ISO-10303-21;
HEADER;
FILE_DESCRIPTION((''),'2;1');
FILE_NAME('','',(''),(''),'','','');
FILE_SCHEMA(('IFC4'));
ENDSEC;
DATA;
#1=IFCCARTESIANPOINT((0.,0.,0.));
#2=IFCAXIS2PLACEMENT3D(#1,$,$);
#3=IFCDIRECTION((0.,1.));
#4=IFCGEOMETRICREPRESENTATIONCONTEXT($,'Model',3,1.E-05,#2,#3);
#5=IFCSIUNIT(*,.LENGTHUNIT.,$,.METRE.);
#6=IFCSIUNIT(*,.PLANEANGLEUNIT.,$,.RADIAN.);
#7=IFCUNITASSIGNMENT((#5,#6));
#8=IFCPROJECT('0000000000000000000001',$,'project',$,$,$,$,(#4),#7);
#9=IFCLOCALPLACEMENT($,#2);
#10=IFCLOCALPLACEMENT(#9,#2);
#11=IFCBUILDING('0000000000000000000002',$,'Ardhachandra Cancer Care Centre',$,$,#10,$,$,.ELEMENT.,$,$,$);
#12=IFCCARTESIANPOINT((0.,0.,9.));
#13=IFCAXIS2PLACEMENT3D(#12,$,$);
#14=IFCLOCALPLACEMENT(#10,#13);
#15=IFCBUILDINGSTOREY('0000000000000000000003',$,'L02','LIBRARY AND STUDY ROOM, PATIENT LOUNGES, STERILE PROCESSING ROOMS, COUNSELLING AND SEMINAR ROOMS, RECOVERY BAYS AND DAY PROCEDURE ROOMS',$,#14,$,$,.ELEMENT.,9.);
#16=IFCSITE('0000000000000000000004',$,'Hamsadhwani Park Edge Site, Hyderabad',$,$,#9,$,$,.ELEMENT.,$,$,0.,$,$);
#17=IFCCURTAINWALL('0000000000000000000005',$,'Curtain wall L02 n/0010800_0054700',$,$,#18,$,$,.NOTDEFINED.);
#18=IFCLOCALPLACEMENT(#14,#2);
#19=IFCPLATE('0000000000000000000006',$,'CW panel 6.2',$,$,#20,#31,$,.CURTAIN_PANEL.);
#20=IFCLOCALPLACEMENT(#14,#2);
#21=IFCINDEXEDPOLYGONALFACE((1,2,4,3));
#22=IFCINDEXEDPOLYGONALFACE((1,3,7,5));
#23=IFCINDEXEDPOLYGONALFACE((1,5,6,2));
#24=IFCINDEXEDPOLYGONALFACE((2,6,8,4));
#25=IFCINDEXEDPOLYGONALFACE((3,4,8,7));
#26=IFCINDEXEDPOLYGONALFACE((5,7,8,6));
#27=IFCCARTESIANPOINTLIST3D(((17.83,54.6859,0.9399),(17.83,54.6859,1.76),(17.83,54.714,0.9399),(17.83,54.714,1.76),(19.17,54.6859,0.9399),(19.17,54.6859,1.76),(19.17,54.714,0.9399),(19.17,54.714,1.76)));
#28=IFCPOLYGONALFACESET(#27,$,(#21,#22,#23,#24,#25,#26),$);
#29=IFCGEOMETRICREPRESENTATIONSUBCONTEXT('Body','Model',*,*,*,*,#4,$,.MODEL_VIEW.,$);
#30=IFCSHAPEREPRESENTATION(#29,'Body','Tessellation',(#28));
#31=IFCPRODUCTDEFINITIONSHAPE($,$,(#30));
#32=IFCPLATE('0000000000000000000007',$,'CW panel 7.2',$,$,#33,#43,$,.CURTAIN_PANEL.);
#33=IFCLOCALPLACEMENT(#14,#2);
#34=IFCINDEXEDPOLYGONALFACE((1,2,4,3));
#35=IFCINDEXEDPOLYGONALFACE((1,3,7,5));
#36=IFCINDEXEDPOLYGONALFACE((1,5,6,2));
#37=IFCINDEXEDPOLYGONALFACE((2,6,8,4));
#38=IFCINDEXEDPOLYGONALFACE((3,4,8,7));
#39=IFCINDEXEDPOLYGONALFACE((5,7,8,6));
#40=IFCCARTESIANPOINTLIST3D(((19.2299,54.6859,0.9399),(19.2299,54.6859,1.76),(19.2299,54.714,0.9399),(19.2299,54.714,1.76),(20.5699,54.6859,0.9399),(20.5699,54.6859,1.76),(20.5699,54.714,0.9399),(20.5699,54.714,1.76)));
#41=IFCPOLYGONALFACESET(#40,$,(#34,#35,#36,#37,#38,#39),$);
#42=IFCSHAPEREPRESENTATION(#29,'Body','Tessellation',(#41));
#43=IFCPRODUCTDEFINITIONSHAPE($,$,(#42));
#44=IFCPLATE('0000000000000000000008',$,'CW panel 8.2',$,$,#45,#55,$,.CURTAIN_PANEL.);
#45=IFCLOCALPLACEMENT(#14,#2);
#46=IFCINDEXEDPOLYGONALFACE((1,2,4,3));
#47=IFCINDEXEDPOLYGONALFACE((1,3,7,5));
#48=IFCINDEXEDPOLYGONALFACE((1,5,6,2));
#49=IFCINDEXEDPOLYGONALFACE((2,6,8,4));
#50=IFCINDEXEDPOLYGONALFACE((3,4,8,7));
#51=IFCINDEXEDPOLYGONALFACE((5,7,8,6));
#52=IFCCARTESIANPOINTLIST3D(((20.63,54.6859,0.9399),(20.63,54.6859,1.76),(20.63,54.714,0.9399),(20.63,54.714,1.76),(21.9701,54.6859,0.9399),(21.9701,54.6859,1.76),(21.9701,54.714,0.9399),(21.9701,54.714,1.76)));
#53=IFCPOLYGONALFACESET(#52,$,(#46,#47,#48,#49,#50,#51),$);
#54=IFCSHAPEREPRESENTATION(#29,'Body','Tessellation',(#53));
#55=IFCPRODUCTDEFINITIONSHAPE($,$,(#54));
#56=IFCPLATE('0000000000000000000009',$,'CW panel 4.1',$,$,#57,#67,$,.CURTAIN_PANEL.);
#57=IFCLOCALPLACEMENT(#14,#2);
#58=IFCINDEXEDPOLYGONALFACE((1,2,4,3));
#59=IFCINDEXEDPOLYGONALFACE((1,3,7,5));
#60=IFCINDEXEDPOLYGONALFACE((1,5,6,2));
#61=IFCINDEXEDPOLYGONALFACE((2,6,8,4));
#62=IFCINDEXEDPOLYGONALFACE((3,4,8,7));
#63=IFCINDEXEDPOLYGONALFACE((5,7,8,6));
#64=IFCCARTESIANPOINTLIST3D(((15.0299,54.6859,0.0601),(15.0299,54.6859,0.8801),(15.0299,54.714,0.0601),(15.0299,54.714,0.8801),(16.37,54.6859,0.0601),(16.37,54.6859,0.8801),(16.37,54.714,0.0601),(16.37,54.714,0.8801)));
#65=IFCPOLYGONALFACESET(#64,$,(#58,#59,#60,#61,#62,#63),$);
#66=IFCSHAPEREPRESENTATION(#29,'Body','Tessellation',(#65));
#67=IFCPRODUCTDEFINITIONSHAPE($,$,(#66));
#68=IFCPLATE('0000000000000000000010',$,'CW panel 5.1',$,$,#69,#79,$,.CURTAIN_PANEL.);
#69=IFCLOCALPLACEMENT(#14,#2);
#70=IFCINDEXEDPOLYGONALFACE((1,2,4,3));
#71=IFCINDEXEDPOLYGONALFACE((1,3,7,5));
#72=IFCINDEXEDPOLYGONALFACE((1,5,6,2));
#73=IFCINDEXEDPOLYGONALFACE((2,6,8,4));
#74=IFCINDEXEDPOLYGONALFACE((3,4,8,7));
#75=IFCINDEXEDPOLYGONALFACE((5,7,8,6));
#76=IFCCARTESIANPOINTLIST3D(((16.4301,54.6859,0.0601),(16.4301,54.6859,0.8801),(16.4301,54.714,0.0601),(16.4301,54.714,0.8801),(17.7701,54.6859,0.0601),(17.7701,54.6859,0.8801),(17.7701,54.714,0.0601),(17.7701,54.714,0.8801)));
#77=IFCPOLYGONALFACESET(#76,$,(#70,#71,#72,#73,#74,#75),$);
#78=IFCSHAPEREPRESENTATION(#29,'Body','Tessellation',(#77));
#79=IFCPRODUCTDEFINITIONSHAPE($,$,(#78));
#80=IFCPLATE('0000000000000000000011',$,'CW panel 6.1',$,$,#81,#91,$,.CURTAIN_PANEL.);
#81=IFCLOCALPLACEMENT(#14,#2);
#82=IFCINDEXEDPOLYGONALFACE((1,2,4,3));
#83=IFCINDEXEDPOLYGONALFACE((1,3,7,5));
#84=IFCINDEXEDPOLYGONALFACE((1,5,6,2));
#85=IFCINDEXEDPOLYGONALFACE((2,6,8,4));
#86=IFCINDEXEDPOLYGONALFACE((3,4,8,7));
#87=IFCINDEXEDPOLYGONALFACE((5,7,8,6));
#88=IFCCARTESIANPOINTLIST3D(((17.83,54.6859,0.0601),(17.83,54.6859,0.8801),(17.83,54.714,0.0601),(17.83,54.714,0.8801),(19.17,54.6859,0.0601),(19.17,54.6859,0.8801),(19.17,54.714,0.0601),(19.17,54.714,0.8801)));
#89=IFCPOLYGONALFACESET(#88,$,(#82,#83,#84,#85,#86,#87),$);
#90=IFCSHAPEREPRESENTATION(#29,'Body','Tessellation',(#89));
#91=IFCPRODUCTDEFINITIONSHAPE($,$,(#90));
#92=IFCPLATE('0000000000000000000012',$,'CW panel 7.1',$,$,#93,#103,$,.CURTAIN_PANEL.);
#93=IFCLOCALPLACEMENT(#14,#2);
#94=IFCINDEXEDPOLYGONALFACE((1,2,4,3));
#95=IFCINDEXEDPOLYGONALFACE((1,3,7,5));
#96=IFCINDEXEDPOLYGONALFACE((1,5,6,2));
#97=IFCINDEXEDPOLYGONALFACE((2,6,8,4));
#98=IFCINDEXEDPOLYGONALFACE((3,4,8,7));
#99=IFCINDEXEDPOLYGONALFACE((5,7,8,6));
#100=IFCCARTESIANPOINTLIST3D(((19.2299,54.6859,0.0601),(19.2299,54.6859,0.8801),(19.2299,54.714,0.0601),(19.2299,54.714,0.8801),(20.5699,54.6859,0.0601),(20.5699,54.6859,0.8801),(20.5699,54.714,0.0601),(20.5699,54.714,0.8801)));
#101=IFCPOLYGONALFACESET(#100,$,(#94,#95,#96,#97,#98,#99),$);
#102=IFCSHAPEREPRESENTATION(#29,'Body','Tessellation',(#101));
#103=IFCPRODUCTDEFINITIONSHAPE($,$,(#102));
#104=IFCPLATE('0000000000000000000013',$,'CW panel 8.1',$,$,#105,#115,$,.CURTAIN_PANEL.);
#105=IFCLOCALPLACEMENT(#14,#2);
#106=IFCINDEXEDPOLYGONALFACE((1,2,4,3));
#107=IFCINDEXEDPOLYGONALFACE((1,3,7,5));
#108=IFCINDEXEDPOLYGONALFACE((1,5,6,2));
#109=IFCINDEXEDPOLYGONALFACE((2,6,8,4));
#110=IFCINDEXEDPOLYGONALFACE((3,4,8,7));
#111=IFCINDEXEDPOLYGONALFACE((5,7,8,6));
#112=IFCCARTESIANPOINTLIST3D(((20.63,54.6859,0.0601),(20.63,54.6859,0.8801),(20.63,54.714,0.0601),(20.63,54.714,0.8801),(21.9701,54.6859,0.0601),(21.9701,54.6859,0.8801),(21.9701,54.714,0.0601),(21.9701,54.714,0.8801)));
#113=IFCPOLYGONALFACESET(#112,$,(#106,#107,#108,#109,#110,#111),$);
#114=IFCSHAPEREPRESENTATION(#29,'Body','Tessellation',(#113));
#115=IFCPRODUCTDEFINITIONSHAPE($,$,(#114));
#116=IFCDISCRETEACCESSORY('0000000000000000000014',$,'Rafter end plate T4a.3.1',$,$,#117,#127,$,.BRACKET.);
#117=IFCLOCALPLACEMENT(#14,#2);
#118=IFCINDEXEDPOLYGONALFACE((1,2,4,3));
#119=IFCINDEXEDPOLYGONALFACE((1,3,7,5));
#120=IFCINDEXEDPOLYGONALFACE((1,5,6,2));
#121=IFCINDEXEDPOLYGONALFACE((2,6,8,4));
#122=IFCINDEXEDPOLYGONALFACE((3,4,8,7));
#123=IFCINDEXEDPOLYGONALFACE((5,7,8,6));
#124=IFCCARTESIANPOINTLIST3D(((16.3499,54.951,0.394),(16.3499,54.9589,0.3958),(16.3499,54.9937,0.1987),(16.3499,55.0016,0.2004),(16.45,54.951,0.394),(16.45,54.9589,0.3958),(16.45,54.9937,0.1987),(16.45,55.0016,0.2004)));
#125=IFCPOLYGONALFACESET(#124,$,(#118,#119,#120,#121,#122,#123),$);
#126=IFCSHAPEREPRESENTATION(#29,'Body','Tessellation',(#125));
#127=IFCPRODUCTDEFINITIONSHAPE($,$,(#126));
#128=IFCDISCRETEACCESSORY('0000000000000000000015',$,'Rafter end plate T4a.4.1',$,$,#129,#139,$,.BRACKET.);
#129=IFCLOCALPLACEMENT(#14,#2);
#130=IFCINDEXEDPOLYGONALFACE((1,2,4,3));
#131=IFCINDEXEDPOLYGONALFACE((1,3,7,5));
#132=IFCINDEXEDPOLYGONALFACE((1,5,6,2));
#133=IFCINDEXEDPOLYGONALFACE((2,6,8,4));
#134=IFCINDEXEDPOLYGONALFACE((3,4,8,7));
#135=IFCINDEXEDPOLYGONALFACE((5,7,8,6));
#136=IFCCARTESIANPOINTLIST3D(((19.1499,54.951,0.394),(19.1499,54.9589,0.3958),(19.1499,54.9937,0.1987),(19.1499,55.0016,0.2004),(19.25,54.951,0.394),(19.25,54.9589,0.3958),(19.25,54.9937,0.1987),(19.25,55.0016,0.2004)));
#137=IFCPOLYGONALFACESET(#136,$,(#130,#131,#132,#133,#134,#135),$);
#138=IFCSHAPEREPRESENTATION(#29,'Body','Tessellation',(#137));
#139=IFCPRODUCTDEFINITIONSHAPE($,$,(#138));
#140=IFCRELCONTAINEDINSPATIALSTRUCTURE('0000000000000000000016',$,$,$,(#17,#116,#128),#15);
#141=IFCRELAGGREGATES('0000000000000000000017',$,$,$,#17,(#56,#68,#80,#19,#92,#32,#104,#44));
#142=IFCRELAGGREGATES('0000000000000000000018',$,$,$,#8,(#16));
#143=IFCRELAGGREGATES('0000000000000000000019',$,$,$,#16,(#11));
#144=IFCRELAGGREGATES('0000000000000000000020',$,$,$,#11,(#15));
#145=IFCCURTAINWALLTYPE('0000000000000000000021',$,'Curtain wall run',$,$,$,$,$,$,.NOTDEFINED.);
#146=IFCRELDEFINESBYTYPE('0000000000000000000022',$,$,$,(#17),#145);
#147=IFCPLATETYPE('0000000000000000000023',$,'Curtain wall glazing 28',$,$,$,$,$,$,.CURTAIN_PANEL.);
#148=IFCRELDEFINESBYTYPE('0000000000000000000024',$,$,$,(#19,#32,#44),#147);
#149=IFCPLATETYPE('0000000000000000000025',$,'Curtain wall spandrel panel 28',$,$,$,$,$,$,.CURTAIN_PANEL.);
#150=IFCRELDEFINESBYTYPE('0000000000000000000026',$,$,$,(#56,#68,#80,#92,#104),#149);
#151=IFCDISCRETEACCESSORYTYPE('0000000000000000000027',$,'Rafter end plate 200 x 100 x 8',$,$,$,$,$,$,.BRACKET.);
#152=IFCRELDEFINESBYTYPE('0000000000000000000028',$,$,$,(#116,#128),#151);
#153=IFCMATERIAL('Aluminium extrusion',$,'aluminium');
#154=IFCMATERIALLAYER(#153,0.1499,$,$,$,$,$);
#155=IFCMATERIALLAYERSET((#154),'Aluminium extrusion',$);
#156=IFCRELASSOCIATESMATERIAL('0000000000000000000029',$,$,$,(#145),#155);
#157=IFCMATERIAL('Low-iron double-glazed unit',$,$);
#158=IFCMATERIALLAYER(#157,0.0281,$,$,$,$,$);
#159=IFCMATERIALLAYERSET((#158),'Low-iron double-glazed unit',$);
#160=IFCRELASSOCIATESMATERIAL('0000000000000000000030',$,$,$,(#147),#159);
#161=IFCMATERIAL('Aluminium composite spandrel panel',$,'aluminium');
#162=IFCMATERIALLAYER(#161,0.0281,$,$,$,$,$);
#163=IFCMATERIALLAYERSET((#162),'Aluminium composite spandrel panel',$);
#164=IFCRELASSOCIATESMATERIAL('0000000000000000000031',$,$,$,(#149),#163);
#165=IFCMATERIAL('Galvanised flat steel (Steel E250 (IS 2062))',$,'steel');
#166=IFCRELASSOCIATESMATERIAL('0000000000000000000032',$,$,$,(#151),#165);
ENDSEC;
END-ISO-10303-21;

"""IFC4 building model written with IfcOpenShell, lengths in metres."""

from ifc_helpers import new_model, si_unit, direction, frame, origin, origin_2d, place, context, subcontext, project, spatial, rectangle, extrude, material, layer, layer_set, material_profile, profile_set, type_object, element, aggregate, save


model = new_model("IFC4")

# Units and contexts
model_context = context("Model", 3, precision=1e-05, world=origin(), true_north=direction((0.0, 1.0)))
body_context = subcontext(model_context, "Body", "Model", "MODEL_VIEW")
ifc_project = project(units=[si_unit("LENGTHUNIT", "METRE"), si_unit("PLANEANGLEUNIT", "RADIAN")], contexts=[model_context])

# Site, building, storey
site_placement = place(None, origin())
site = spatial("IfcSite", under=ifc_project, at=site_placement, Name="Hamsadhwani Park Edge Site, Hyderabad", CompositionType="ELEMENT", RefElevation=0.0)
building_placement = place(site_placement, origin())
building = spatial("IfcBuilding", under=site, at=building_placement, Name="Ardhachandra Cancer Care Centre", CompositionType="ELEMENT")
storey_placement = place(building_placement, frame((0.0, 0.0, 9.0)))
storey = spatial("IfcBuildingStorey", under=building, at=storey_placement, Name="L02", Description="LIBRARY AND STUDY ROOM, PATIENT LOUNGES, STERILE PROCESSING ROOMS, COUNSELLING AND SEMINAR ROOMS, RECOVERY BAYS AND DAY PROCEDURE ROOMS", CompositionType="ELEMENT", Elevation=9.0)

# Curtain wall
ifc_material_1 = material(Name="Aluminium extrusion", Category="aluminium")
ifc_layer_1 = layer(ifc_material_1, 0.1499)
ifc_layer_set_1 = layer_set([ifc_layer_1], Name="Aluminium extrusion")
curtain_wall_type = type_object("IfcCurtainWallType", Name="Curtain wall run", PredefinedType="NOTDEFINED", material=ifc_layer_set_1)
curtain_wall_placement = place(storey_placement, origin())
curtain_wall = element("IfcCurtainWall", 1, at=curtain_wall_placement, inside=storey, type_object=curtain_wall_type, Name="Curtain wall L02 n/0010800_0054700", PredefinedType="NOTDEFINED")

# Plates
ifc_material_2 = material(Name="Low-iron double-glazed unit")
ifc_layer_2 = layer(ifc_material_2, 0.0281)
ifc_layer_set_2 = layer_set([ifc_layer_2], Name="Low-iron double-glazed unit")
plate_type_1 = type_object("IfcPlateType", Name="Curtain wall glazing 28", PredefinedType="CURTAIN_PANEL", material=ifc_layer_set_2)
plate_1_placement = place(storey_placement, frame((18.5, 54.7, 0.9399), z_axis=(0.0, 0.0, 1.0), x_axis=(1.0, 0.0, 0.0)))
plate_1 = element("IfcPlate", 2, at=plate_1_placement, type_object=plate_type_1, Name="CW panel 6.2", PredefinedType="CURTAIN_PANEL", context=body_context, shape_type="SweptSolid", body=[
    extrude(rectangle(XDim=1.3401, YDim=0.0281, at=origin_2d()), origin(), (0.0, 0.0, 1.0), 0.8201),
])
plate_2_placement = place(storey_placement, frame((19.8999, 54.7, 0.9399), z_axis=(0.0, 0.0, 1.0), x_axis=(1.0, 0.0, 0.0)))
plate_2 = element("IfcPlate", 3, at=plate_2_placement, type_object=plate_type_1, Name="CW panel 7.2", PredefinedType="CURTAIN_PANEL", context=body_context, shape_type="SweptSolid", body=[
    extrude(rectangle(XDim=1.3401, YDim=0.0281, at=origin_2d()), origin(), (0.0, 0.0, 1.0), 0.8201),
])
plate_3_placement = place(storey_placement, frame((21.3, 54.7, 0.9399), z_axis=(0.0, 0.0, 1.0), x_axis=(1.0, 0.0, 0.0)))
plate_3 = element("IfcPlate", 4, at=plate_3_placement, type_object=plate_type_1, Name="CW panel 8.2", PredefinedType="CURTAIN_PANEL", context=body_context, shape_type="SweptSolid", body=[
    extrude(rectangle(XDim=1.3401, YDim=0.0281, at=origin_2d()), origin(), (0.0, 0.0, 1.0), 0.8201),
])
ifc_material_3 = material(Name="Aluminium composite spandrel panel", Category="aluminium")
ifc_layer_3 = layer(ifc_material_3, 0.0281)
ifc_layer_set_3 = layer_set([ifc_layer_3], Name="Aluminium composite spandrel panel")
plate_type_2 = type_object("IfcPlateType", Name="Curtain wall spandrel panel 28", PredefinedType="CURTAIN_PANEL", material=ifc_layer_set_3)
plate_4_placement = place(storey_placement, frame((15.7, 54.7, 0.0601), z_axis=(0.0, 0.0, 1.0), x_axis=(1.0, 0.0, 0.0)))
plate_4 = element("IfcPlate", 5, at=plate_4_placement, type_object=plate_type_2, Name="CW panel 4.1", PredefinedType="CURTAIN_PANEL", context=body_context, shape_type="SweptSolid", body=[
    extrude(rectangle(XDim=1.3401, YDim=0.0281, at=origin_2d()), origin(), (0.0, 0.0, 1.0), 0.8201),
])
plate_5_placement = place(storey_placement, frame((17.1001, 54.7, 0.0601), z_axis=(0.0, 0.0, 1.0), x_axis=(1.0, 0.0, 0.0)))
plate_5 = element("IfcPlate", 6, at=plate_5_placement, type_object=plate_type_2, Name="CW panel 5.1", PredefinedType="CURTAIN_PANEL", context=body_context, shape_type="SweptSolid", body=[
    extrude(rectangle(XDim=1.3401, YDim=0.0281, at=origin_2d()), origin(), (0.0, 0.0, 1.0), 0.8201),
])
plate_6_placement = place(storey_placement, frame((18.5, 54.7, 0.0601), z_axis=(0.0, 0.0, 1.0), x_axis=(1.0, 0.0, 0.0)))
plate_6 = element("IfcPlate", 7, at=plate_6_placement, type_object=plate_type_2, Name="CW panel 6.1", PredefinedType="CURTAIN_PANEL", context=body_context, shape_type="SweptSolid", body=[
    extrude(rectangle(XDim=1.3401, YDim=0.0281, at=origin_2d()), origin(), (0.0, 0.0, 1.0), 0.8201),
])
plate_7_placement = place(storey_placement, frame((19.8999, 54.7, 0.0601), z_axis=(0.0, 0.0, 1.0), x_axis=(1.0, 0.0, 0.0)))
plate_7 = element("IfcPlate", 8, at=plate_7_placement, type_object=plate_type_2, Name="CW panel 7.1", PredefinedType="CURTAIN_PANEL", context=body_context, shape_type="SweptSolid", body=[
    extrude(rectangle(XDim=1.3401, YDim=0.0281, at=origin_2d()), origin(), (0.0, 0.0, 1.0), 0.8201),
])
plate_8_placement = place(storey_placement, frame((21.3, 54.7, 0.0601), z_axis=(0.0, 0.0, 1.0), x_axis=(1.0, 0.0, 0.0)))
plate_8 = element("IfcPlate", 9, at=plate_8_placement, type_object=plate_type_2, Name="CW panel 8.1", PredefinedType="CURTAIN_PANEL", context=body_context, shape_type="SweptSolid", body=[
    extrude(rectangle(XDim=1.3401, YDim=0.0281, at=origin_2d()), origin(), (0.0, 0.0, 1.0), 0.8201),
])
aggregate(curtain_wall, [plate_4, plate_5, plate_6, plate_1, plate_7, plate_2, plate_8, plate_3])

# Discrete accessories
ifc_material_4 = material(Name="Galvanised flat steel (Steel E250 (IS 2062))", Category="steel")
ifc_material_profile_1 = material_profile(ifc_material_4, rectangle(XDim=0.1001, YDim=0.2, at=origin_2d()), Name="Rafter end plate 200 x 100 x 8")
ifc_profile_set_1 = profile_set([ifc_material_profile_1], Name="Galvanised flat steel (Steel E250 (IS 2062))")
discrete_accessory_type = type_object("IfcDiscreteAccessoryType", Name="Rafter end plate 200 x 100 x 8", PredefinedType="BRACKET", material=ifc_profile_set_1)
for number, where, z_axis, x_axis, name in (
    (10, (16.3999, 54.9802, 0.2981), (0.0, -0.9769, -0.213697), (1.0, 0.0, 0.0), "Rafter end plate T4a.3.1"),
    (11, (19.2, 54.9802, 0.2981), (0.0, -0.9769, -0.213697), (1.0, 0.0, 0.0), "Rafter end plate T4a.4.1"),
):
    element("IfcDiscreteAccessory", number, at=place(storey_placement, frame(where, z_axis=z_axis, x_axis=x_axis)), inside=storey, type_object=discrete_accessory_type, Name=name, PredefinedType="BRACKET", context=body_context, shape_type="SweptSolid", body=[
        extrude(rectangle(XDim=0.1001, YDim=0.2, at=origin_2d()), origin(), (0.0, 0.0, 1.0), 0.0081),
    ])

save(model, "model.ifc")
